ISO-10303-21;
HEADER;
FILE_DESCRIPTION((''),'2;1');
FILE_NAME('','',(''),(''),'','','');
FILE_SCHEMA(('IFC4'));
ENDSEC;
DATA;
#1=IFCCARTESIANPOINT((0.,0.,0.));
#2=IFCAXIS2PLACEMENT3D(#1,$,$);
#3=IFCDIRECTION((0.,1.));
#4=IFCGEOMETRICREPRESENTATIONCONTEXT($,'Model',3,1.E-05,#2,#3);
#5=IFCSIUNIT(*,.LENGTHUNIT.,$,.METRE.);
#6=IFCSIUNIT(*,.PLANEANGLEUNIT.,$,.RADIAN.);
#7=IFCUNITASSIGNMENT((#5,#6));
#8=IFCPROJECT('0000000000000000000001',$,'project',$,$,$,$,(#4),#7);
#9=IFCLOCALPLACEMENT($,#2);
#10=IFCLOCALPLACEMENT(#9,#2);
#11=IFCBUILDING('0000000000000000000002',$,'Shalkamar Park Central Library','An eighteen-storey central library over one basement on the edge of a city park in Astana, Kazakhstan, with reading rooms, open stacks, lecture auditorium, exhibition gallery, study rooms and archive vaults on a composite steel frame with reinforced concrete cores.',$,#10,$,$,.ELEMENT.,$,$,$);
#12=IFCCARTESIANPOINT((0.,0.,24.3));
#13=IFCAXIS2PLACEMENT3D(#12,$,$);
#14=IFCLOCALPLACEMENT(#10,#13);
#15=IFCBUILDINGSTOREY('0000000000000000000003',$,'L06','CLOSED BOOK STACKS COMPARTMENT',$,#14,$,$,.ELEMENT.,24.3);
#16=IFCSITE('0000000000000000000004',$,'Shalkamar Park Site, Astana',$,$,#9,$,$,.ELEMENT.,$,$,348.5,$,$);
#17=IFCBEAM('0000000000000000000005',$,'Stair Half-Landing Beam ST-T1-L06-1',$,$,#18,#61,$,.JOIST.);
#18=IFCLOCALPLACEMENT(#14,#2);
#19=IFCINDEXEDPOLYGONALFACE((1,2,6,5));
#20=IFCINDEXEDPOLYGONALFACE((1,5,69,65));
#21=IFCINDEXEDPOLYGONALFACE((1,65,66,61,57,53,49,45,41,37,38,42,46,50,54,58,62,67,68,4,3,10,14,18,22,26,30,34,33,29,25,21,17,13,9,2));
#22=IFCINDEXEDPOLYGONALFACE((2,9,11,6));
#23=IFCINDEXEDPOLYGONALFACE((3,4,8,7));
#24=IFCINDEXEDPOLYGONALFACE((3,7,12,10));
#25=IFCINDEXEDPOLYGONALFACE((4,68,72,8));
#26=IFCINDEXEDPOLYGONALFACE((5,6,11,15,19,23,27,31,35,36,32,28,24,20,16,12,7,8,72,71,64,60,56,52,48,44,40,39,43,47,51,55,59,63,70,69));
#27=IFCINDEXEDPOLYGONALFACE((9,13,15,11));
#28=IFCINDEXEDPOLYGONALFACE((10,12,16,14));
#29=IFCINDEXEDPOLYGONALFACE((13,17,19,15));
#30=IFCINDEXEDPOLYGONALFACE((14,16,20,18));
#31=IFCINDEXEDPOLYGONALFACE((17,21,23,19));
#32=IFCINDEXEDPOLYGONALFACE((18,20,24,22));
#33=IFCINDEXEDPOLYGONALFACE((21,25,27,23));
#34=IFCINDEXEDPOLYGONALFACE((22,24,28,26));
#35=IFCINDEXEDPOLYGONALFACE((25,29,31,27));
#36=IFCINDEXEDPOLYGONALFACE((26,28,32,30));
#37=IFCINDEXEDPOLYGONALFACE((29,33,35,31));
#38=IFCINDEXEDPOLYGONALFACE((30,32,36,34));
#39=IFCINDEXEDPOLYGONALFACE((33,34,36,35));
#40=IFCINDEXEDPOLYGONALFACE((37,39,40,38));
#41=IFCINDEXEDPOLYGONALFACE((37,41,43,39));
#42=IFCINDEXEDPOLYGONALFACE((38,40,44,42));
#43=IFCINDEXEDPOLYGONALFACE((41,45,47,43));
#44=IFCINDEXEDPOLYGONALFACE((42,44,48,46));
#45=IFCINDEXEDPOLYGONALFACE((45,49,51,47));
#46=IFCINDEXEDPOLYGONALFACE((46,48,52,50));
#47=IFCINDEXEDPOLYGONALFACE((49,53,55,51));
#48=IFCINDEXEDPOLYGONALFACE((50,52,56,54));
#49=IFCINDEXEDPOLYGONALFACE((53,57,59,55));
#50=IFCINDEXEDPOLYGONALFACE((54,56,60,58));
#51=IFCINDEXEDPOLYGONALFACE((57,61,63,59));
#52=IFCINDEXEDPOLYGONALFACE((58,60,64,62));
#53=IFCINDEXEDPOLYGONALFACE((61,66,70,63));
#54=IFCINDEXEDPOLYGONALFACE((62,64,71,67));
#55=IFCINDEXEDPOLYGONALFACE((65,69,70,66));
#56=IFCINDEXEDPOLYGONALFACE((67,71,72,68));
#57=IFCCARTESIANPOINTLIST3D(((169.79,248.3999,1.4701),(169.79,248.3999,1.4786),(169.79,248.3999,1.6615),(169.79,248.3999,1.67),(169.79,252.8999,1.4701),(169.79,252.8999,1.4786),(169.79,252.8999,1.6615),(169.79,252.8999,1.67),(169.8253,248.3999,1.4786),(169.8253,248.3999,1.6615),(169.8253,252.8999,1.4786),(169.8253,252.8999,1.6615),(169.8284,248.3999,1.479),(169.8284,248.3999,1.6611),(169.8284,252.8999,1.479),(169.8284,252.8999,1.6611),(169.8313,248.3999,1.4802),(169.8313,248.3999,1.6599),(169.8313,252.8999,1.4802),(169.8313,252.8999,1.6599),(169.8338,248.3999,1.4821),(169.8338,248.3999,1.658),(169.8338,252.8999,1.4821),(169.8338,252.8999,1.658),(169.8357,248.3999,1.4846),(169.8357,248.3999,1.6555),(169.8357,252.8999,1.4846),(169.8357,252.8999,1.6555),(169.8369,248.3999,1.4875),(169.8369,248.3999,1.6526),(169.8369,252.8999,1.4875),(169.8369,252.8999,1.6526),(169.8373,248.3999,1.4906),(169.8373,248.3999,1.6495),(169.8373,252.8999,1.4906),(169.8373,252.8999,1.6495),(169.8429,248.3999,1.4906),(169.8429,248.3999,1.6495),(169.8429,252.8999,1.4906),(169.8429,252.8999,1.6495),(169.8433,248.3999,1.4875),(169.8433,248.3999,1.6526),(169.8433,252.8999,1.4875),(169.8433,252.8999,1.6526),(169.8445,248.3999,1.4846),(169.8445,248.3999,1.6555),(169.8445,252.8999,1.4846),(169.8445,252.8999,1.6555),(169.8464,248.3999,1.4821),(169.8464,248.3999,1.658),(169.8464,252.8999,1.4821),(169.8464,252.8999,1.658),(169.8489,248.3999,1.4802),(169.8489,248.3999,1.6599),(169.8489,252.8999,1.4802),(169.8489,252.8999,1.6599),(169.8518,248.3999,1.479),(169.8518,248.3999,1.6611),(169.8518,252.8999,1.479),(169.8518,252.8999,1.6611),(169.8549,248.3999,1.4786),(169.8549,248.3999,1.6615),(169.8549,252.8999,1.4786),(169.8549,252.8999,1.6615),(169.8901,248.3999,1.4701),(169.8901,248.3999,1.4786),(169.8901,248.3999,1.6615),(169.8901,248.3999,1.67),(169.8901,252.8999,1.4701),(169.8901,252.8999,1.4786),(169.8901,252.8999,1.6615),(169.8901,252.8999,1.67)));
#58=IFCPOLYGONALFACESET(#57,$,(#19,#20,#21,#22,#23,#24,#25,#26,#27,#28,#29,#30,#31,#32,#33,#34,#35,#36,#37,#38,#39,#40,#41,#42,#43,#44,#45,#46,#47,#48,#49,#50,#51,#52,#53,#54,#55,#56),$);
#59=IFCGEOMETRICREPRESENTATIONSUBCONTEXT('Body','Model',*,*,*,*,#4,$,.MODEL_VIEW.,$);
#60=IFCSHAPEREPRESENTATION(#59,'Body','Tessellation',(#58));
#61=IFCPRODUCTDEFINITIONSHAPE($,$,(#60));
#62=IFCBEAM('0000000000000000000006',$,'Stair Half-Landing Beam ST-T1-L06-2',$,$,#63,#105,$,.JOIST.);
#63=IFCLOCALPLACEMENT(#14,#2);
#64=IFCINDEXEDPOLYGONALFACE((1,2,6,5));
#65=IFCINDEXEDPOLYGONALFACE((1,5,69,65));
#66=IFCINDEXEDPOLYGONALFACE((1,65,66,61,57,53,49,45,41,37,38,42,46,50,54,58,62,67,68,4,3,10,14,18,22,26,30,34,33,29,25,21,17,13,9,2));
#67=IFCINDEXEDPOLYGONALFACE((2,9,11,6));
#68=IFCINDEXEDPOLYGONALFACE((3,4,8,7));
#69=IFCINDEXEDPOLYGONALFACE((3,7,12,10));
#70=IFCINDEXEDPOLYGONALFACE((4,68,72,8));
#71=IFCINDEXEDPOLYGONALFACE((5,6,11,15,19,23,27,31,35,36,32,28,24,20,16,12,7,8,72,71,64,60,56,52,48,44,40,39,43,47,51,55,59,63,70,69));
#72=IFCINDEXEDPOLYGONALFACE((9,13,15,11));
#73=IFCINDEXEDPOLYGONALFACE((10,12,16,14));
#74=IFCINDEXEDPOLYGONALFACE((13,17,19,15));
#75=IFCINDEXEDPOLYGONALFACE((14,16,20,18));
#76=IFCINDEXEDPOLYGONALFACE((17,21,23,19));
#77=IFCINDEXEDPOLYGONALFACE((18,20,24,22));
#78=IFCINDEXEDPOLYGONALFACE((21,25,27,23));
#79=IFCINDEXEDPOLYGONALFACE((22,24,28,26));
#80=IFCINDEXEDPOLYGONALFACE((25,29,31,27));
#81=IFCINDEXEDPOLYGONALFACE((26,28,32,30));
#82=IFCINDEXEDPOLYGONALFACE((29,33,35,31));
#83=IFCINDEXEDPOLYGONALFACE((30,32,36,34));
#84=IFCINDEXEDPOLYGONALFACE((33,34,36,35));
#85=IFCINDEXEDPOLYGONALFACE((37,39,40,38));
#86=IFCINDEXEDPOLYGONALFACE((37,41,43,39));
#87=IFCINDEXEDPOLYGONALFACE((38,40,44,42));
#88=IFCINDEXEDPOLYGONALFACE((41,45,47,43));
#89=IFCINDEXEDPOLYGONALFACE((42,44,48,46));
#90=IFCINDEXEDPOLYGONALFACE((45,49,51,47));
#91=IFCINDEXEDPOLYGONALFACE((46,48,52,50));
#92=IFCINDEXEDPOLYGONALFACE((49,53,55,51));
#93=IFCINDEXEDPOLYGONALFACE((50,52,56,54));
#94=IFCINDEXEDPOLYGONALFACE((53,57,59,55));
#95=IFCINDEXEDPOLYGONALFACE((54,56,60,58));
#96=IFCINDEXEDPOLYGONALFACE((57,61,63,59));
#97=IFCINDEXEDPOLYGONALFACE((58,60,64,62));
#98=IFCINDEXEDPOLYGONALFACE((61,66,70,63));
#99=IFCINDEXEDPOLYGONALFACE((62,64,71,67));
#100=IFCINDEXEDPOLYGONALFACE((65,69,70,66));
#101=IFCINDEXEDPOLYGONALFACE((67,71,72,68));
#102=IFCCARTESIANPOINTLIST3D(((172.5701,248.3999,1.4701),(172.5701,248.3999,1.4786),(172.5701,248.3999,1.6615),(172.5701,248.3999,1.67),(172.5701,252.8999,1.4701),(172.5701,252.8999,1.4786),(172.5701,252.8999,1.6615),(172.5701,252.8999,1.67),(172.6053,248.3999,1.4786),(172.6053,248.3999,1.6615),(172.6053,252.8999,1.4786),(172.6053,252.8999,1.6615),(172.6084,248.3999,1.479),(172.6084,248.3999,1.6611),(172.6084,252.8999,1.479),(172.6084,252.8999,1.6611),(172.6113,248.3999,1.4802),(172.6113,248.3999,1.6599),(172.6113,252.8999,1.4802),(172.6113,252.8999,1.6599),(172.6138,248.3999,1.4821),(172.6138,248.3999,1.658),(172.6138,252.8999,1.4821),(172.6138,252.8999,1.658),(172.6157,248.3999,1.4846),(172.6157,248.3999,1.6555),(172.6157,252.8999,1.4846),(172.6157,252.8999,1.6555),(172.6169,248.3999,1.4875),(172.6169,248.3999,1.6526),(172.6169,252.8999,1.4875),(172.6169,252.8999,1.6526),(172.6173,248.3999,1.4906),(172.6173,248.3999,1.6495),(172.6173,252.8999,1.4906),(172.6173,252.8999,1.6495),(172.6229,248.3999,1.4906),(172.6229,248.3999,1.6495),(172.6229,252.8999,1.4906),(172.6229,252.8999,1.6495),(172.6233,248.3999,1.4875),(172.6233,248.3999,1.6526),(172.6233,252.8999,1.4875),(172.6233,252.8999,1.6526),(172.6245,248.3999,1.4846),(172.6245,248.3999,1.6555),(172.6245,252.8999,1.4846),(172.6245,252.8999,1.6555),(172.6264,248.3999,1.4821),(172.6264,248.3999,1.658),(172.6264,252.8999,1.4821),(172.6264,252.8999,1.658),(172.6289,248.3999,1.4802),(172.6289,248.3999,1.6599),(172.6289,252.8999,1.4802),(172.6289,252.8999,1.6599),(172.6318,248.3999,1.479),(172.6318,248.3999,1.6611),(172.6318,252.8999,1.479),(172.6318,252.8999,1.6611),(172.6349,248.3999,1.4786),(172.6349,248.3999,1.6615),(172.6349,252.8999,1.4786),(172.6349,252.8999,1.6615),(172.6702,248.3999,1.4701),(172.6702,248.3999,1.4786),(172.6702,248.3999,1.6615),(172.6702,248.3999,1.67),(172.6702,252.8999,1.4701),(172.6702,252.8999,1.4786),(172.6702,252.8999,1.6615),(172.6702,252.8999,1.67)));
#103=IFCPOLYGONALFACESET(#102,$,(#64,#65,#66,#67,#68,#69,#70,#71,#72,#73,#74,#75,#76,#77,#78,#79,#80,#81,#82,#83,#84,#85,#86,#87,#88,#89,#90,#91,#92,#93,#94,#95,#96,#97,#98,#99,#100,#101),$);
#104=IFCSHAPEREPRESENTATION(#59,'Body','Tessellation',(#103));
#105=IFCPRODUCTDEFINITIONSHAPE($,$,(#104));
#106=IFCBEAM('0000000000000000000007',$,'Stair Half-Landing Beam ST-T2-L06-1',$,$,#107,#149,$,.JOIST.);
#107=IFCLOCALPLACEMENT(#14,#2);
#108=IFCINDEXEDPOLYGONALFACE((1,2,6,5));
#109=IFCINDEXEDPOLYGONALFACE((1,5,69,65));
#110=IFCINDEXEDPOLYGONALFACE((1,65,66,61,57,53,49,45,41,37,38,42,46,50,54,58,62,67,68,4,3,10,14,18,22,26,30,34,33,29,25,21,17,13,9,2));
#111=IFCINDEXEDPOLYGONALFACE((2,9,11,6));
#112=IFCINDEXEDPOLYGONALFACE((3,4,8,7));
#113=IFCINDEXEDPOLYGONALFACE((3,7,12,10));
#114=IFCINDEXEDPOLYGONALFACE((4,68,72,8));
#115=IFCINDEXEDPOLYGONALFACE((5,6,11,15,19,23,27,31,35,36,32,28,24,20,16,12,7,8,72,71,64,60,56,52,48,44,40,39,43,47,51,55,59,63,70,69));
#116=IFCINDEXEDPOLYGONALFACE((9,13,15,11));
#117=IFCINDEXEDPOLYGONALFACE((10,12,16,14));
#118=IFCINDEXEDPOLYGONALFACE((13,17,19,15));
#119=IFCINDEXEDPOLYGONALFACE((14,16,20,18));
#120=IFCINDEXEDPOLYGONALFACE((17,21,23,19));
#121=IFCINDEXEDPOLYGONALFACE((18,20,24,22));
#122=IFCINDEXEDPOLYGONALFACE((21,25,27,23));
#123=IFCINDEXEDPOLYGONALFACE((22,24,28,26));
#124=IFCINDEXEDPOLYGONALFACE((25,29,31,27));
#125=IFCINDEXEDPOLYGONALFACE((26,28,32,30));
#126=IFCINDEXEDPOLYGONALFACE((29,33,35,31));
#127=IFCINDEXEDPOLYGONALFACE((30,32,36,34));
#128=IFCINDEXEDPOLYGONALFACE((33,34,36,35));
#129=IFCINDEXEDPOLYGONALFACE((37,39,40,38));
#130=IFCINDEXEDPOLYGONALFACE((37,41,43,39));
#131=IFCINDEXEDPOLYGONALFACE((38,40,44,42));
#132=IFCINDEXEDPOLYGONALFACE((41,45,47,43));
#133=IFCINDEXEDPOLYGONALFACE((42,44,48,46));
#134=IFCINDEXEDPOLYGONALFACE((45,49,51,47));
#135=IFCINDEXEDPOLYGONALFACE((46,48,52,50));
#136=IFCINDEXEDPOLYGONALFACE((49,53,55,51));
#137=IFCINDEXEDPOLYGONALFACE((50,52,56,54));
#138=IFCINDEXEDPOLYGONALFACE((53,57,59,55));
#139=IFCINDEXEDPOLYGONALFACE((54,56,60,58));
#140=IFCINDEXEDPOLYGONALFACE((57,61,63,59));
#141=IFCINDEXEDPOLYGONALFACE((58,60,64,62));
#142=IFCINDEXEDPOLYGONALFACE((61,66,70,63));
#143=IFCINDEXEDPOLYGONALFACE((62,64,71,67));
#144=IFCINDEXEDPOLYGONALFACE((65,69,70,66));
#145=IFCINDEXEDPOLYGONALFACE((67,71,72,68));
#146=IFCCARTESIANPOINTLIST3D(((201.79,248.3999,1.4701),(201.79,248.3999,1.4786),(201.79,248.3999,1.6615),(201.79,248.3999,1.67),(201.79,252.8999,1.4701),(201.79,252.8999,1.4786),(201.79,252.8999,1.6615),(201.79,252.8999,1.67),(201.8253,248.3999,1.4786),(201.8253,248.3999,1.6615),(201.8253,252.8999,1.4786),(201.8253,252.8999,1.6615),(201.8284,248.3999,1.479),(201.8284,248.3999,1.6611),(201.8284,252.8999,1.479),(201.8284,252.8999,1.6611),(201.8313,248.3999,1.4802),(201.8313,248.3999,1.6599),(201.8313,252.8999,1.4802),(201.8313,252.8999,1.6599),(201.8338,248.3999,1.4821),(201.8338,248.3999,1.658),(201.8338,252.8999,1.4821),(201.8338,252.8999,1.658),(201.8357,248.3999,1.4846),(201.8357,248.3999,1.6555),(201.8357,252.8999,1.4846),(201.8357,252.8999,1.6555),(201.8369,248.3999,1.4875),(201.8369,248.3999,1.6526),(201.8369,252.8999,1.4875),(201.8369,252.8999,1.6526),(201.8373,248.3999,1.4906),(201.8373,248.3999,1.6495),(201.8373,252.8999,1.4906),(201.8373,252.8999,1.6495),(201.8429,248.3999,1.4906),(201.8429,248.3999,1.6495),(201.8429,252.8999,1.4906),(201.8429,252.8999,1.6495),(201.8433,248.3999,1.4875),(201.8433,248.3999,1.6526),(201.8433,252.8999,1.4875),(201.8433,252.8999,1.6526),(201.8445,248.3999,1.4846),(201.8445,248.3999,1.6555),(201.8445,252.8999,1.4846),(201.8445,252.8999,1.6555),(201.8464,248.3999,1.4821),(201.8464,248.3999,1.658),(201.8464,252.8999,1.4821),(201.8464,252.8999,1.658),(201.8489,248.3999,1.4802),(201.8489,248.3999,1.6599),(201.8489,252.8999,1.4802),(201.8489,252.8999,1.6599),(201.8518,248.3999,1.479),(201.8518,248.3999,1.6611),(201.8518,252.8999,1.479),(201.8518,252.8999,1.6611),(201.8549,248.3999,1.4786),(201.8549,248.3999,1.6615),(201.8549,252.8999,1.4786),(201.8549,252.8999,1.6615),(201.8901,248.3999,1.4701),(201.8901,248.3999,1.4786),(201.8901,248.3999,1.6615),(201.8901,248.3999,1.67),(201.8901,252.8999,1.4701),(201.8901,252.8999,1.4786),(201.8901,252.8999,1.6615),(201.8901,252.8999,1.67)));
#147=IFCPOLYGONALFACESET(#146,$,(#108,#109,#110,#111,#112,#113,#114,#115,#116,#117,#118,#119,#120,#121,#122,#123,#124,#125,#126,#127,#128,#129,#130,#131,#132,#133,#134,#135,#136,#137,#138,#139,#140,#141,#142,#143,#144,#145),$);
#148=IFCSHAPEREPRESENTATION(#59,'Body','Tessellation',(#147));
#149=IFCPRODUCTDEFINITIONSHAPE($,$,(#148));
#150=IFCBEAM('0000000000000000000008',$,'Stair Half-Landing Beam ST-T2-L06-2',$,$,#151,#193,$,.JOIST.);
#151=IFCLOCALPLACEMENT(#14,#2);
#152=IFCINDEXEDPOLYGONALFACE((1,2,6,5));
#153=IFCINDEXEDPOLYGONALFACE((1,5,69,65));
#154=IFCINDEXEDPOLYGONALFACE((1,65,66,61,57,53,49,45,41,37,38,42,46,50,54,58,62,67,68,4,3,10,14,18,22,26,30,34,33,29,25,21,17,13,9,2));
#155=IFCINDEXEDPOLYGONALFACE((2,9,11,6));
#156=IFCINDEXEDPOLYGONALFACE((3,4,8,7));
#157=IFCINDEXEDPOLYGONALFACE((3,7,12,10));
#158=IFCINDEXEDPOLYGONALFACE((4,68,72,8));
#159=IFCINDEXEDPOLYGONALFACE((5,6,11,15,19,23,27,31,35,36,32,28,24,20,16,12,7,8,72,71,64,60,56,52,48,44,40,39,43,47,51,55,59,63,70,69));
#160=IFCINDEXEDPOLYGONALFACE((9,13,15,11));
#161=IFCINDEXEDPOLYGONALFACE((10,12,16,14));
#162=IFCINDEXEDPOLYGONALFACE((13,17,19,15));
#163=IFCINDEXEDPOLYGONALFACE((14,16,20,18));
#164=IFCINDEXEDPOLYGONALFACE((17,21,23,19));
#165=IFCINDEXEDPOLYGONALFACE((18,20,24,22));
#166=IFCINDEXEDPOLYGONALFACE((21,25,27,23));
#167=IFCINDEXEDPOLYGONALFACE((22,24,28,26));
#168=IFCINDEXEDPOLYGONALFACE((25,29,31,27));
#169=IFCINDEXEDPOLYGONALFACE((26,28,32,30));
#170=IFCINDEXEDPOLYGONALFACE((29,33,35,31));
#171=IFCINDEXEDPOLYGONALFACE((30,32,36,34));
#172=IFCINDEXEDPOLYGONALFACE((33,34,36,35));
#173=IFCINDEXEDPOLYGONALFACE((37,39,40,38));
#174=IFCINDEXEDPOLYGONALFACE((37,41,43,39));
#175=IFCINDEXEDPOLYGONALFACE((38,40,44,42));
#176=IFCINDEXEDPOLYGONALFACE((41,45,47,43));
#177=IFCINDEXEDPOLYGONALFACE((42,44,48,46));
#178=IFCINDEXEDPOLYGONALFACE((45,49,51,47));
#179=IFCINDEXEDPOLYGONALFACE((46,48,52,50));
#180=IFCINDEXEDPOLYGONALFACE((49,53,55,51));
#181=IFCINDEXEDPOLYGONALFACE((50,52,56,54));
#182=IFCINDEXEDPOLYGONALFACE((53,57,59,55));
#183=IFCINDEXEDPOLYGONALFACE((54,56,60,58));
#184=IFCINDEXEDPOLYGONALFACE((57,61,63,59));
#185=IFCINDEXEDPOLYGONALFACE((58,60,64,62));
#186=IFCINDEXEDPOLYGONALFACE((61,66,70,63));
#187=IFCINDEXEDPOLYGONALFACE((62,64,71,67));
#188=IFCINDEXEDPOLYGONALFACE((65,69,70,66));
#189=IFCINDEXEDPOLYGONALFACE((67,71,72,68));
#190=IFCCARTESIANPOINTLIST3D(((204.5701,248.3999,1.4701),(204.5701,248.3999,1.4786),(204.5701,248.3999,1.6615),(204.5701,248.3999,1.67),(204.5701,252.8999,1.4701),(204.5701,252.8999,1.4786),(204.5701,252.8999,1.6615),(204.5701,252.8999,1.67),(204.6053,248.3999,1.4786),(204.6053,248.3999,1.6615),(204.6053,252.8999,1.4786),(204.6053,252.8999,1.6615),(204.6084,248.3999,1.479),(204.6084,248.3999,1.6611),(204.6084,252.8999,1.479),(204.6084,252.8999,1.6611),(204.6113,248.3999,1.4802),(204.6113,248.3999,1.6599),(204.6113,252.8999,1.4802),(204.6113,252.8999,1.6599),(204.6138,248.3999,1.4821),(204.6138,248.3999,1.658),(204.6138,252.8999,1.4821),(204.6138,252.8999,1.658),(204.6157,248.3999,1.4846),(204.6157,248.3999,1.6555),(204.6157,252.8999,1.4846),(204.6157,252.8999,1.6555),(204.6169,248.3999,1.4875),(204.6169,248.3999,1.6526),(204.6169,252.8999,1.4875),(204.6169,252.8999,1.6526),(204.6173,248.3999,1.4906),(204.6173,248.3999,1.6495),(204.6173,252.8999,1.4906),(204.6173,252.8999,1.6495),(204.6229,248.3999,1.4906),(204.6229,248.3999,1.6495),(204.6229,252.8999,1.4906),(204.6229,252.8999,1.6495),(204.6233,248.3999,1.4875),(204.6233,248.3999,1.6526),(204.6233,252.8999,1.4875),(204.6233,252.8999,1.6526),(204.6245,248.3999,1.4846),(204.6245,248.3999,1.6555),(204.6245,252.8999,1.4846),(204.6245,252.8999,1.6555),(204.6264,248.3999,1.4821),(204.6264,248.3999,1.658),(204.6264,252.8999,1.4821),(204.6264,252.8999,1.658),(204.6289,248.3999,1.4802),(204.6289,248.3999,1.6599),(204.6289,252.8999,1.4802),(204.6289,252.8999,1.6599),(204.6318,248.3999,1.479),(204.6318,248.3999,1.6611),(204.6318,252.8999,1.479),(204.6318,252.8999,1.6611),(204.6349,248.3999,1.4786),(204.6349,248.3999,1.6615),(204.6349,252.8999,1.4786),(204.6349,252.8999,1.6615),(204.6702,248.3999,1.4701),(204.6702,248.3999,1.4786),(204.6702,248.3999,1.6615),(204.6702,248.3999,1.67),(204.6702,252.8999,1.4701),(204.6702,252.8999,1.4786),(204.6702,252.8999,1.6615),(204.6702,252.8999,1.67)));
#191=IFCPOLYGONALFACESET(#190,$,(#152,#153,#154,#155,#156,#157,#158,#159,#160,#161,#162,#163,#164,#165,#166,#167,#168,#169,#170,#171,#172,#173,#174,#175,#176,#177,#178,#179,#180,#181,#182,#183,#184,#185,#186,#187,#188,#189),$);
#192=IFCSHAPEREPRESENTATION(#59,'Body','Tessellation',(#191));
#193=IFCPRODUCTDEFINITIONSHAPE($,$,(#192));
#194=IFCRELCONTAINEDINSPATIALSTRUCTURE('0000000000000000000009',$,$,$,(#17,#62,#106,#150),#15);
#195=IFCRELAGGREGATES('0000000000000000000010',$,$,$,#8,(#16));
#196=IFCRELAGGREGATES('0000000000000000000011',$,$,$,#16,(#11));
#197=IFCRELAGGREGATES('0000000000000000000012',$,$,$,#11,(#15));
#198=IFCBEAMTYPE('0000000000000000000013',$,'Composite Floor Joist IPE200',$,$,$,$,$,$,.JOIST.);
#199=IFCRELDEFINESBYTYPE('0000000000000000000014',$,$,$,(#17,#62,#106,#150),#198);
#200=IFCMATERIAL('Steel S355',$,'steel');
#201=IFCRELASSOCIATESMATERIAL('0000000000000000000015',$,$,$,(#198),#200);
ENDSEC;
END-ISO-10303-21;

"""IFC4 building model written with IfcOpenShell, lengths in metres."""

from ifc_helpers import new_model, si_unit, direction, frame, origin, origin_2d, place, context, subcontext, project, spatial, i_section, extrude, material, material_profile, profile_set, type_object, element, save


model = new_model("IFC4")

# Units and contexts
model_context = context("Model", 3, precision=1e-05, world=origin(), true_north=direction((0.0, 1.0)))
body_context = subcontext(model_context, "Body", "Model", "MODEL_VIEW")
ifc_project = project(units=[si_unit("LENGTHUNIT", "METRE"), si_unit("PLANEANGLEUNIT", "RADIAN")], contexts=[model_context])

# Site, building, storey
site_placement = place(None, origin())
site = spatial("IfcSite", under=ifc_project, at=site_placement, Name="Shalkamar Park Site, Astana", CompositionType="ELEMENT", RefElevation=348.5)
building_placement = place(site_placement, origin())
building = spatial("IfcBuilding", under=site, at=building_placement, Name="Shalkamar Park Central Library", Description="An eighteen-storey central library over one basement on the edge of a city park in Astana, Kazakhstan, with reading rooms, open stacks, lecture auditorium, exhibition gallery, study rooms and archive vaults on a composite steel frame with reinforced concrete cores.", CompositionType="ELEMENT")
storey_placement = place(building_placement, frame((0.0, 0.0, 24.3)))
storey = spatial("IfcBuildingStorey", under=building, at=storey_placement, Name="L06", Description="CLOSED BOOK STACKS COMPARTMENT", CompositionType="ELEMENT", Elevation=24.3)

# Beams
ifc_material_1 = material(Name="Steel S355", Category="steel")
ifc_material_profile_1 = material_profile(ifc_material_1, i_section(OverallWidth=0.1001, OverallDepth=0.2, WebThickness=0.0056, FlangeThickness=0.0085, FilletRadius=0.012, at=origin_2d()), Name="IPE 200")
ifc_profile_set_1 = profile_set([ifc_material_profile_1], Name="Steel S355")
beam_type_1 = type_object("IfcBeamType", Name="Composite Floor Joist IPE200", PredefinedType="JOIST", material=ifc_profile_set_1)
for number, where, z_axis, x_axis, name in (
    (1, (169.8401, 248.3999, 1.5701), (0.0, 1.0, 0.0), (-1.0, 0.0, 0.0), "Stair Half-Landing Beam ST-T1-L06-1"),
    (2, (172.6201, 248.3999, 1.5701), (0.0, 1.0, 0.0), (-1.0, 0.0, 0.0), "Stair Half-Landing Beam ST-T1-L06-2"),
    (3, (201.8401, 248.3999, 1.5701), (0.0, 1.0, 0.0), (-1.0, 0.0, 0.0), "Stair Half-Landing Beam ST-T2-L06-1"),
    (4, (204.6201, 248.3999, 1.5701), (0.0, 1.0, 0.0), (-1.0, 0.0, 0.0), "Stair Half-Landing Beam ST-T2-L06-2"),
):
    element("IfcBeam", number, at=place(storey_placement, frame(where, z_axis=z_axis, x_axis=x_axis)), inside=storey, type_object=beam_type_1, Name=name, PredefinedType="JOIST", context=body_context, shape_type="SweptSolid", body=[
        extrude(i_section(OverallWidth=0.1001, OverallDepth=0.2, WebThickness=0.0056, FlangeThickness=0.0085, FilletRadius=0.012, at=origin_2d()), origin(), (0.0, 0.0, 1.0), 4.5),
    ])

save(model, "model.ifc")
